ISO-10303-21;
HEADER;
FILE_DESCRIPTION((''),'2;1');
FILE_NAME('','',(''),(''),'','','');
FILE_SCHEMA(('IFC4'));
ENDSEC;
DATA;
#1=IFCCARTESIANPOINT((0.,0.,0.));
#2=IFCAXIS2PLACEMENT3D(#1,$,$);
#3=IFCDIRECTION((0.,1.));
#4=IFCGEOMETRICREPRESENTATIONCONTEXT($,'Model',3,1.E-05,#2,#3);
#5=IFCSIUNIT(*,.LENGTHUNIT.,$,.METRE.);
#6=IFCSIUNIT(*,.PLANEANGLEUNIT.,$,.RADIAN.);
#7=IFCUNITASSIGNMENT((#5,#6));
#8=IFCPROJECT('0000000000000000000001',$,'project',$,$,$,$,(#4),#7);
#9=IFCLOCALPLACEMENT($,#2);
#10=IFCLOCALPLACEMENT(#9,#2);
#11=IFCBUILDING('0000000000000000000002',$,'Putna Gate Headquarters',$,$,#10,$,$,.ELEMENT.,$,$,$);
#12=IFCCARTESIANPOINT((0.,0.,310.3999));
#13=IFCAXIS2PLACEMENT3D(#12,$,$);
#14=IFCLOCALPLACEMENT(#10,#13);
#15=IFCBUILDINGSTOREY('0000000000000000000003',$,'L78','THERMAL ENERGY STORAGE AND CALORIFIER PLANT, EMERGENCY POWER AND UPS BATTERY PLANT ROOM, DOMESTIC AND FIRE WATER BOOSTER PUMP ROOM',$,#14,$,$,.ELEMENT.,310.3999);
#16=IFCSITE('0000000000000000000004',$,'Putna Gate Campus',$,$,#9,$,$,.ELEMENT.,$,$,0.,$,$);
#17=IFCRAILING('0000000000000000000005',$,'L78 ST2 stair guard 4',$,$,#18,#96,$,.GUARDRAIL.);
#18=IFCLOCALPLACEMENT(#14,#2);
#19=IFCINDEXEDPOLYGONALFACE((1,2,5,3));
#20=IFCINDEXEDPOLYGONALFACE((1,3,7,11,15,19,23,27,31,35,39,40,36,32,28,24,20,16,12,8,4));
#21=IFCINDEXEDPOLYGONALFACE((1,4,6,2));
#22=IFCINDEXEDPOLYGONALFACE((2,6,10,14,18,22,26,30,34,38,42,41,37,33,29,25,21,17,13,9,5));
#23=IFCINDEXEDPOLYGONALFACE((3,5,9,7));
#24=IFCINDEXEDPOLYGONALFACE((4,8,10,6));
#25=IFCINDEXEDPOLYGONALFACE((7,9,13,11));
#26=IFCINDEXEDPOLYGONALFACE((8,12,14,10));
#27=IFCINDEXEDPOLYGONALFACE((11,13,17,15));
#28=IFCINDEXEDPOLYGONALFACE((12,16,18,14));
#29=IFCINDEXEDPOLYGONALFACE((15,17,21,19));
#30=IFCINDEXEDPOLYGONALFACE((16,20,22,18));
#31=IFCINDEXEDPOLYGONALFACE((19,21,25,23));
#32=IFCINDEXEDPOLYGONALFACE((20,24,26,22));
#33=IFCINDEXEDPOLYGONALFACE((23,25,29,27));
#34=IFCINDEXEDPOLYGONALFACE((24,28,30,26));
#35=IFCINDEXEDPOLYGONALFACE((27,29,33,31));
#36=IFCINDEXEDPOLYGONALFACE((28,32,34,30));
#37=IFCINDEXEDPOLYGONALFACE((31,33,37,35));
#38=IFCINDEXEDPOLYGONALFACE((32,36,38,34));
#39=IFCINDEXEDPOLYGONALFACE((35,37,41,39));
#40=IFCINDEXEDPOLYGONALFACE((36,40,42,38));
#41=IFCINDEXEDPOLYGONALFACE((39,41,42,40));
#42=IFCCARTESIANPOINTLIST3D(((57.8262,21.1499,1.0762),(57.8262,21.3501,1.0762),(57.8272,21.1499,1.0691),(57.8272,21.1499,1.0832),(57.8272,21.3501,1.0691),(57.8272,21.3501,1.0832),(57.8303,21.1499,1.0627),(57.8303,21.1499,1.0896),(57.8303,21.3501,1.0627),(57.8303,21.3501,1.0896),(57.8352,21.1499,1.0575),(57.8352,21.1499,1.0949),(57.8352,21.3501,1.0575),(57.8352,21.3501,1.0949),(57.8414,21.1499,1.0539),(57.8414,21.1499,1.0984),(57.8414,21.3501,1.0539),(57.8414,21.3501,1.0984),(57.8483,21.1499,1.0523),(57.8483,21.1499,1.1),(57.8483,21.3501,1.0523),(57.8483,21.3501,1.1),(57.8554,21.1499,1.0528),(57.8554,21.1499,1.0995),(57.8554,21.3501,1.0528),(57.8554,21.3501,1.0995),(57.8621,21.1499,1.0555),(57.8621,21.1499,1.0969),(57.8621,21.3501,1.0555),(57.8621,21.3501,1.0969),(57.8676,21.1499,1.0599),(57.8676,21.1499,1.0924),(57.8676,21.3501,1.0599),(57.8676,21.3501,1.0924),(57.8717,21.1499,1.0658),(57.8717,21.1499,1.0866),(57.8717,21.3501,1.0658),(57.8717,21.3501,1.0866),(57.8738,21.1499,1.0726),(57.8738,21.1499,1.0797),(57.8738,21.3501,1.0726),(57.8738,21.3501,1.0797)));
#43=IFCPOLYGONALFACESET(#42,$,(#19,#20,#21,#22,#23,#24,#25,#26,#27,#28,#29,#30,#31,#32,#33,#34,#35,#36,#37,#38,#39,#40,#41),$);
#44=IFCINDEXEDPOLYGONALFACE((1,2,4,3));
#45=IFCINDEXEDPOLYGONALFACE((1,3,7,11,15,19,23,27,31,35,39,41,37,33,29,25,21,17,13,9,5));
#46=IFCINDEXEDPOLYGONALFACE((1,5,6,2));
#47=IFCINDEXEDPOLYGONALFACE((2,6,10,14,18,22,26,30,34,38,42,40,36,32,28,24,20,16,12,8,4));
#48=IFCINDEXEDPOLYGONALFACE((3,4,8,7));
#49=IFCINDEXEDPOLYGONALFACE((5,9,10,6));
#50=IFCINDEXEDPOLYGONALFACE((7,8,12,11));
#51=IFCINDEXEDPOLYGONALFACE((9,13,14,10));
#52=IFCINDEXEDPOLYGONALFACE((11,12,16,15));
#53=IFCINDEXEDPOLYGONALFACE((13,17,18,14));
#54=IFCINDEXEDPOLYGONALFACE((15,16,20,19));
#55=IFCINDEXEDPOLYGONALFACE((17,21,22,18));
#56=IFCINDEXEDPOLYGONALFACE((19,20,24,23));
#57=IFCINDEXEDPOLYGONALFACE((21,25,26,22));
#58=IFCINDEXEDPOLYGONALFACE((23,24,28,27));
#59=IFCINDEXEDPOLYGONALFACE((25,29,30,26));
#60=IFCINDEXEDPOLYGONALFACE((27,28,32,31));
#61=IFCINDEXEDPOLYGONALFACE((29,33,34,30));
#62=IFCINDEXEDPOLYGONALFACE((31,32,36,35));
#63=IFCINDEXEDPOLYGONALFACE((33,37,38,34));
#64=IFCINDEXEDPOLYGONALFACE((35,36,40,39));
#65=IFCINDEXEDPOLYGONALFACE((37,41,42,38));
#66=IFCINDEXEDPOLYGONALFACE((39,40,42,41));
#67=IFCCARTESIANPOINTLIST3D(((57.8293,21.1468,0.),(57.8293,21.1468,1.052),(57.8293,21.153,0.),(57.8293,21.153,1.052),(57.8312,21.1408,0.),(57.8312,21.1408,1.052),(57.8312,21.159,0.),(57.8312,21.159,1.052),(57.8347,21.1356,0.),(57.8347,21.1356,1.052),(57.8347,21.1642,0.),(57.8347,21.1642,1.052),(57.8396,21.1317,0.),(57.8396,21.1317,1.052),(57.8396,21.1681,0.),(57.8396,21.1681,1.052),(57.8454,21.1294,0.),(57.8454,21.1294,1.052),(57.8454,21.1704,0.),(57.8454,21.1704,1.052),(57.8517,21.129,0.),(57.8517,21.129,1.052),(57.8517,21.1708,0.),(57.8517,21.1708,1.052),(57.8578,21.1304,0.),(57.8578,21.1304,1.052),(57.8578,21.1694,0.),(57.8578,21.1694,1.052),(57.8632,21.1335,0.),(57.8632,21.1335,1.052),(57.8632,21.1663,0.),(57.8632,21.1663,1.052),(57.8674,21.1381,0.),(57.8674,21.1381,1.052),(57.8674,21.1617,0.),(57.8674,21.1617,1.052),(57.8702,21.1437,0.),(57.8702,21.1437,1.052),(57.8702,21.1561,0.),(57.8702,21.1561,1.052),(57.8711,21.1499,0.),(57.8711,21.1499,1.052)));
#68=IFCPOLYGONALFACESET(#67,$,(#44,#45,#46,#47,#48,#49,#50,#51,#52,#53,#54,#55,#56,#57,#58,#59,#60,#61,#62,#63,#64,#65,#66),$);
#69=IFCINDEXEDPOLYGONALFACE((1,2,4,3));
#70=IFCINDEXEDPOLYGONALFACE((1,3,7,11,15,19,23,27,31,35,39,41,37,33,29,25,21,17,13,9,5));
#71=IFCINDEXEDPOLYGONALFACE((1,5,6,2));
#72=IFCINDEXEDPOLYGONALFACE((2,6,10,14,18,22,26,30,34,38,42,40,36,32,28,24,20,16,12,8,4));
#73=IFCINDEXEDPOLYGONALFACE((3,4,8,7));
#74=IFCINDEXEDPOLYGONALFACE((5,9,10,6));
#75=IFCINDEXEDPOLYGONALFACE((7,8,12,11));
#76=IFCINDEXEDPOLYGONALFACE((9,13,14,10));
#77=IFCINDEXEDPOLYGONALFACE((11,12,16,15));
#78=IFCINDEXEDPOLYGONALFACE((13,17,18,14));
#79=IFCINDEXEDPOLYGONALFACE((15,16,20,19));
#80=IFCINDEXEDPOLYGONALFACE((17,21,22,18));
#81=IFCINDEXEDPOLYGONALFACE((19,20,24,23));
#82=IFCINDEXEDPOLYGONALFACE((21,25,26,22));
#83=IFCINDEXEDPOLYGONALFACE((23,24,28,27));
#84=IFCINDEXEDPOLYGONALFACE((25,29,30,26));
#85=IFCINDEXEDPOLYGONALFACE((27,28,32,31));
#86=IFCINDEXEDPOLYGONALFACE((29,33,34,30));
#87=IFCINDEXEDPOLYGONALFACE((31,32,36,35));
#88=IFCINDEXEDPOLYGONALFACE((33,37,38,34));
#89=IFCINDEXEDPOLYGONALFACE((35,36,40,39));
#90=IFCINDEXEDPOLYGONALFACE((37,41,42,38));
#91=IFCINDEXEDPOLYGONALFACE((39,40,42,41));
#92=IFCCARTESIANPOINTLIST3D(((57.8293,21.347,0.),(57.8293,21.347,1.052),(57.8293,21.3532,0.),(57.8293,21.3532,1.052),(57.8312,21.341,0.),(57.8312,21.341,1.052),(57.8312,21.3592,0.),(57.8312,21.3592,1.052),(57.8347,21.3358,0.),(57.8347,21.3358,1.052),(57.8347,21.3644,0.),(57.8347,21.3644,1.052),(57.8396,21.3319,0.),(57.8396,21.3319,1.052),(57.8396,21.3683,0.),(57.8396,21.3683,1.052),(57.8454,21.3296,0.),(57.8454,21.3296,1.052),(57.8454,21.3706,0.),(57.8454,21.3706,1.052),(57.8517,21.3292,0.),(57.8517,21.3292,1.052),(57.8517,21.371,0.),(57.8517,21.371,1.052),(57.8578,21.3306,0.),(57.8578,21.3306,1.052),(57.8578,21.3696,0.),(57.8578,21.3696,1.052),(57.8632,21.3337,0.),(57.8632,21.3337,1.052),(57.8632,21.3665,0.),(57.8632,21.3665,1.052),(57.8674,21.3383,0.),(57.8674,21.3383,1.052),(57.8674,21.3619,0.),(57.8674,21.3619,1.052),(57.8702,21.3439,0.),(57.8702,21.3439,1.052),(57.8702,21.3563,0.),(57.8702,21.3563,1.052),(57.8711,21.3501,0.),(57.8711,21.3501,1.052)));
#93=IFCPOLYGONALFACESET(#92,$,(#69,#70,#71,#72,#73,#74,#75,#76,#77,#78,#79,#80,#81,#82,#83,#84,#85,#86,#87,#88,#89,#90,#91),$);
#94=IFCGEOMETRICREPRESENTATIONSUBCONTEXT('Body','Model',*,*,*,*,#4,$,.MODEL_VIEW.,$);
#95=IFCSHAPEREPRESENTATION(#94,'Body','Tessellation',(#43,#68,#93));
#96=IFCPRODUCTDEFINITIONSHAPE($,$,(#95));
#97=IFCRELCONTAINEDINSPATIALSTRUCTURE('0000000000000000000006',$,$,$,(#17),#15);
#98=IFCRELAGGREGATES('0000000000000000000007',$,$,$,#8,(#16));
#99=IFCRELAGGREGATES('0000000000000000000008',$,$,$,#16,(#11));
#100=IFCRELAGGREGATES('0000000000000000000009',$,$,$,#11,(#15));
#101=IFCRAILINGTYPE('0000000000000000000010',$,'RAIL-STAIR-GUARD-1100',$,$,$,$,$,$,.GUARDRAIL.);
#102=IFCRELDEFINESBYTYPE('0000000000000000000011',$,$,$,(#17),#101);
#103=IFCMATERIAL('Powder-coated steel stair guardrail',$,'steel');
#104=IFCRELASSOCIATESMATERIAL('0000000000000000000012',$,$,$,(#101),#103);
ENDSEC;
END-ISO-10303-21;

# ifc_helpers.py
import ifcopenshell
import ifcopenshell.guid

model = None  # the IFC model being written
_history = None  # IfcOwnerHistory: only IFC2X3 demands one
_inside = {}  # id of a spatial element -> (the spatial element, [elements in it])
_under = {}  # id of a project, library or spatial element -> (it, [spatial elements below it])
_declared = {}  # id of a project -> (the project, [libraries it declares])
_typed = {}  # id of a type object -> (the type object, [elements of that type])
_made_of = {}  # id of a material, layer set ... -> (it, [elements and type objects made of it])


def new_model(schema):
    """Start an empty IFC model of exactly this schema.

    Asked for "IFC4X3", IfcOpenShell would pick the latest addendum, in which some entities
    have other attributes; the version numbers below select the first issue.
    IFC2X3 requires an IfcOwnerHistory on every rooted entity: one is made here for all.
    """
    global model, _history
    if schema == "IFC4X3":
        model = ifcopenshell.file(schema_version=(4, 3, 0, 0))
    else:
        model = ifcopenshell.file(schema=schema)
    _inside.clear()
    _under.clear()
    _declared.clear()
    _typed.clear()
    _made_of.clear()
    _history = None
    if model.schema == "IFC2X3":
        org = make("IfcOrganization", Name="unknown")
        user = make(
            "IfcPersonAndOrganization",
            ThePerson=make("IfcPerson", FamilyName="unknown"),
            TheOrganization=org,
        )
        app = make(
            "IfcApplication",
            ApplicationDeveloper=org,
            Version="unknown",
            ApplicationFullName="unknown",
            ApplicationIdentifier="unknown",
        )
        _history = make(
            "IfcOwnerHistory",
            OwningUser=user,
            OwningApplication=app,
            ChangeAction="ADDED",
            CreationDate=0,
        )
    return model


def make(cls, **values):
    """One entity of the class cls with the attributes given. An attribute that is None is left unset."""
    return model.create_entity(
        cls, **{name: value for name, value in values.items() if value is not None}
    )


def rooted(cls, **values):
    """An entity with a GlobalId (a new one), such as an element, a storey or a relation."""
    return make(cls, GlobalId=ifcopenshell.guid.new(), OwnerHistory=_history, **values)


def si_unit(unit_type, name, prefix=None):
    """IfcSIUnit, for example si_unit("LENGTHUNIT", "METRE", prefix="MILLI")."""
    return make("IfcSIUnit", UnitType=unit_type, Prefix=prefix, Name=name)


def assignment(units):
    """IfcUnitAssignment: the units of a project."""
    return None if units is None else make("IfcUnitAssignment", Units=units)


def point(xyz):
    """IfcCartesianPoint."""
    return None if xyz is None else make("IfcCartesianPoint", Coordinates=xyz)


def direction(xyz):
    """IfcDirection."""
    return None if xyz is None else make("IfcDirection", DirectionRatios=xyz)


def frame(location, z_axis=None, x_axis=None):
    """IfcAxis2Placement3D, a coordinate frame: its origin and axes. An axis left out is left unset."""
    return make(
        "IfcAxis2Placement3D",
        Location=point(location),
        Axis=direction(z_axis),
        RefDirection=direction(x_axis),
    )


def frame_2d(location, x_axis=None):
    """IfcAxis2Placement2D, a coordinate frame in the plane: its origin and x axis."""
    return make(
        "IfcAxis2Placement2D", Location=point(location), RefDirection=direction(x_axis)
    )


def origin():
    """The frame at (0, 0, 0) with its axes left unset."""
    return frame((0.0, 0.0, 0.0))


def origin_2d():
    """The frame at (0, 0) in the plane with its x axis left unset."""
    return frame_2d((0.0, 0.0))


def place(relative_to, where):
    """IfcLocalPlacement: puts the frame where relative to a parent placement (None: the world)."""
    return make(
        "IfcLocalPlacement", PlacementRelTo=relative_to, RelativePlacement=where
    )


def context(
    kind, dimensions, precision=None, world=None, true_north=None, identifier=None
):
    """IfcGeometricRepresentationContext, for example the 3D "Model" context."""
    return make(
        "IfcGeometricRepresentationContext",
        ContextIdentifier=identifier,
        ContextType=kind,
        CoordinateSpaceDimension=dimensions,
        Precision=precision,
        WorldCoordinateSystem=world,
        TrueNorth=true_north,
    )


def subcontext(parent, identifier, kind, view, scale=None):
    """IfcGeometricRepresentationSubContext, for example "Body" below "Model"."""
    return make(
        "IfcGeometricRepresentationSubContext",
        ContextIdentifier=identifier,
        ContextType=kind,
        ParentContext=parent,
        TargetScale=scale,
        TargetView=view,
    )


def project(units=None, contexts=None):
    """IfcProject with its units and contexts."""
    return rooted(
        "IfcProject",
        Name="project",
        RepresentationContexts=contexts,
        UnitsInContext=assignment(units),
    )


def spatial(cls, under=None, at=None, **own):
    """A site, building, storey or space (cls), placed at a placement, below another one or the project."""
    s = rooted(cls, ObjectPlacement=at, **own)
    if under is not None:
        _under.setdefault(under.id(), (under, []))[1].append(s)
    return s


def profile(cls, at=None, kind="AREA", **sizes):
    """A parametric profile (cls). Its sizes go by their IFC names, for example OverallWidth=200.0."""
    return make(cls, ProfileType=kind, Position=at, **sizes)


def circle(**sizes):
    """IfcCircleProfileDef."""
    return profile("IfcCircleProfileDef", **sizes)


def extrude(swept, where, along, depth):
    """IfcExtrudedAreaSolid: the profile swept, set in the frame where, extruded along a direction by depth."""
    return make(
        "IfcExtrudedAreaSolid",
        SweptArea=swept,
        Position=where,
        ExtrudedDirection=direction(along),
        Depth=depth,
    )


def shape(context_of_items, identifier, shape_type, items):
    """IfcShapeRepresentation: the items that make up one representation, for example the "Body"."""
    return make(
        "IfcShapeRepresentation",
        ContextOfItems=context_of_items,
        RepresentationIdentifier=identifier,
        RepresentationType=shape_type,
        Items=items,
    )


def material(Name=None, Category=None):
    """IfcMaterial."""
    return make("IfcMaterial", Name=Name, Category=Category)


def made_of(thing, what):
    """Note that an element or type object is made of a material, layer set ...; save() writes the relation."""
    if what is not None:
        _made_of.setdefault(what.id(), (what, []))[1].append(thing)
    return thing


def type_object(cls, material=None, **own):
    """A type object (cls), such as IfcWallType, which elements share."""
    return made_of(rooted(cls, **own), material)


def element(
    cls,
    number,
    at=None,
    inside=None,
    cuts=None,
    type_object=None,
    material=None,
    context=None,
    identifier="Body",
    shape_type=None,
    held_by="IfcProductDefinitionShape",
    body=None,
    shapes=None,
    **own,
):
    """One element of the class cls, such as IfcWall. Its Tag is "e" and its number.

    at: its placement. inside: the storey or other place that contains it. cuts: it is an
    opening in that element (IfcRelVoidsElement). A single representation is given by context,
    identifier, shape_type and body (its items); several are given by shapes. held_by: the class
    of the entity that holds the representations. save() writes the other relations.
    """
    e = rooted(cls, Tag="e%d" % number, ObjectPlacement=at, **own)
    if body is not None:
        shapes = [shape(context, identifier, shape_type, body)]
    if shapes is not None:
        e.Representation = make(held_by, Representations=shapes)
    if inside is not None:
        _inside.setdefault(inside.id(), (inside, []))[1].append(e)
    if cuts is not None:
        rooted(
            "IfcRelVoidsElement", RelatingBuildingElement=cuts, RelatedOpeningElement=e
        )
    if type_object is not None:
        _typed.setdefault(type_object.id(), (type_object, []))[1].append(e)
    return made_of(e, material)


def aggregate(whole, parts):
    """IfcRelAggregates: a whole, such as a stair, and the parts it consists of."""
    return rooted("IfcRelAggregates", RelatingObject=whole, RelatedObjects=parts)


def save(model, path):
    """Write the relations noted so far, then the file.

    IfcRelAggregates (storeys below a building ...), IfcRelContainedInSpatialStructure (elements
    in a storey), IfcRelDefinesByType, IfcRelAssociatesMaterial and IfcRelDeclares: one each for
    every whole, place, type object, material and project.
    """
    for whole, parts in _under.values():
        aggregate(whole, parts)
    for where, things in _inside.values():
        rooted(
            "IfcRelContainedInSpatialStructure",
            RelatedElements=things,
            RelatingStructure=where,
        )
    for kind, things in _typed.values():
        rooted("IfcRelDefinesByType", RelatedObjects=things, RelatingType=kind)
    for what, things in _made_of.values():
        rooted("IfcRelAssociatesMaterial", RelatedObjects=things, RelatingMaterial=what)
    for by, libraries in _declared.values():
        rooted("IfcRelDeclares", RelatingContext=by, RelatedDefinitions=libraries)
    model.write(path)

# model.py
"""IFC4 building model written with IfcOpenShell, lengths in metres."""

from ifc_helpers import new_model, si_unit, direction, frame, origin, origin_2d, place, context, subcontext, project, spatial, circle, extrude, material, type_object, element, save


model = new_model("IFC4")

# Units and contexts
model_context = context("Model", 3, precision=1e-05, world=origin(), true_north=direction((0.0, 1.0)))
body_context = subcontext(model_context, "Body", "Model", "MODEL_VIEW")
ifc_project = project(units=[si_unit("LENGTHUNIT", "METRE"), si_unit("PLANEANGLEUNIT", "RADIAN")], contexts=[model_context])

# Site, building, storey
site_placement = place(None, origin())
site = spatial("IfcSite", under=ifc_project, at=site_placement, Name="Putna Gate Campus", CompositionType="ELEMENT", RefElevation=0.0)
building_placement = place(site_placement, origin())
building = spatial("IfcBuilding", under=site, at=building_placement, Name="Putna Gate Headquarters", CompositionType="ELEMENT")
storey_placement = place(building_placement, frame((0.0, 0.0, 310.3999)))
storey = spatial("IfcBuildingStorey", under=building, at=storey_placement, Name="L78", Description="THERMAL ENERGY STORAGE AND CALORIFIER PLANT, EMERGENCY POWER AND UPS BATTERY PLANT ROOM, DOMESTIC AND FIRE WATER BOOSTER PUMP ROOM", CompositionType="ELEMENT", Elevation=310.3999)

# Railing
ifc_material_1 = material(Name="Powder-coated steel stair guardrail", Category="steel")
railing_type_1 = type_object("IfcRailingType", Name="RAIL-STAIR-GUARD-1100", PredefinedType="GUARDRAIL", material=ifc_material_1)
railing_1_placement = place(storey_placement, frame((57.8501, 21.1499, 0.0)))
element("IfcRailing", 1, at=railing_1_placement, inside=storey, type_object=railing_type_1, Name="L78 ST2 stair guard 4", PredefinedType="GUARDRAIL", context=body_context, shape_type="SweptSolid", body=[
    extrude(circle(Radius=0.0239, at=origin_2d()), frame((0.0, 0.0, 1.0762), z_axis=(0.0, 1.0, 0.0), x_axis=(-1.0, 0.0, 0.0)), (0.0, 0.0, 1.0), 0.2002),
    extrude(circle(Radius=0.021, at=origin_2d()), origin(), (0.0, 0.0, 1.0), 1.052),
    extrude(circle(Radius=0.021, at=origin_2d()), frame((0.0, 0.2002, 0.0)), (0.0, 0.0, 1.0), 1.052),
])

save(model, "model.ifc")
